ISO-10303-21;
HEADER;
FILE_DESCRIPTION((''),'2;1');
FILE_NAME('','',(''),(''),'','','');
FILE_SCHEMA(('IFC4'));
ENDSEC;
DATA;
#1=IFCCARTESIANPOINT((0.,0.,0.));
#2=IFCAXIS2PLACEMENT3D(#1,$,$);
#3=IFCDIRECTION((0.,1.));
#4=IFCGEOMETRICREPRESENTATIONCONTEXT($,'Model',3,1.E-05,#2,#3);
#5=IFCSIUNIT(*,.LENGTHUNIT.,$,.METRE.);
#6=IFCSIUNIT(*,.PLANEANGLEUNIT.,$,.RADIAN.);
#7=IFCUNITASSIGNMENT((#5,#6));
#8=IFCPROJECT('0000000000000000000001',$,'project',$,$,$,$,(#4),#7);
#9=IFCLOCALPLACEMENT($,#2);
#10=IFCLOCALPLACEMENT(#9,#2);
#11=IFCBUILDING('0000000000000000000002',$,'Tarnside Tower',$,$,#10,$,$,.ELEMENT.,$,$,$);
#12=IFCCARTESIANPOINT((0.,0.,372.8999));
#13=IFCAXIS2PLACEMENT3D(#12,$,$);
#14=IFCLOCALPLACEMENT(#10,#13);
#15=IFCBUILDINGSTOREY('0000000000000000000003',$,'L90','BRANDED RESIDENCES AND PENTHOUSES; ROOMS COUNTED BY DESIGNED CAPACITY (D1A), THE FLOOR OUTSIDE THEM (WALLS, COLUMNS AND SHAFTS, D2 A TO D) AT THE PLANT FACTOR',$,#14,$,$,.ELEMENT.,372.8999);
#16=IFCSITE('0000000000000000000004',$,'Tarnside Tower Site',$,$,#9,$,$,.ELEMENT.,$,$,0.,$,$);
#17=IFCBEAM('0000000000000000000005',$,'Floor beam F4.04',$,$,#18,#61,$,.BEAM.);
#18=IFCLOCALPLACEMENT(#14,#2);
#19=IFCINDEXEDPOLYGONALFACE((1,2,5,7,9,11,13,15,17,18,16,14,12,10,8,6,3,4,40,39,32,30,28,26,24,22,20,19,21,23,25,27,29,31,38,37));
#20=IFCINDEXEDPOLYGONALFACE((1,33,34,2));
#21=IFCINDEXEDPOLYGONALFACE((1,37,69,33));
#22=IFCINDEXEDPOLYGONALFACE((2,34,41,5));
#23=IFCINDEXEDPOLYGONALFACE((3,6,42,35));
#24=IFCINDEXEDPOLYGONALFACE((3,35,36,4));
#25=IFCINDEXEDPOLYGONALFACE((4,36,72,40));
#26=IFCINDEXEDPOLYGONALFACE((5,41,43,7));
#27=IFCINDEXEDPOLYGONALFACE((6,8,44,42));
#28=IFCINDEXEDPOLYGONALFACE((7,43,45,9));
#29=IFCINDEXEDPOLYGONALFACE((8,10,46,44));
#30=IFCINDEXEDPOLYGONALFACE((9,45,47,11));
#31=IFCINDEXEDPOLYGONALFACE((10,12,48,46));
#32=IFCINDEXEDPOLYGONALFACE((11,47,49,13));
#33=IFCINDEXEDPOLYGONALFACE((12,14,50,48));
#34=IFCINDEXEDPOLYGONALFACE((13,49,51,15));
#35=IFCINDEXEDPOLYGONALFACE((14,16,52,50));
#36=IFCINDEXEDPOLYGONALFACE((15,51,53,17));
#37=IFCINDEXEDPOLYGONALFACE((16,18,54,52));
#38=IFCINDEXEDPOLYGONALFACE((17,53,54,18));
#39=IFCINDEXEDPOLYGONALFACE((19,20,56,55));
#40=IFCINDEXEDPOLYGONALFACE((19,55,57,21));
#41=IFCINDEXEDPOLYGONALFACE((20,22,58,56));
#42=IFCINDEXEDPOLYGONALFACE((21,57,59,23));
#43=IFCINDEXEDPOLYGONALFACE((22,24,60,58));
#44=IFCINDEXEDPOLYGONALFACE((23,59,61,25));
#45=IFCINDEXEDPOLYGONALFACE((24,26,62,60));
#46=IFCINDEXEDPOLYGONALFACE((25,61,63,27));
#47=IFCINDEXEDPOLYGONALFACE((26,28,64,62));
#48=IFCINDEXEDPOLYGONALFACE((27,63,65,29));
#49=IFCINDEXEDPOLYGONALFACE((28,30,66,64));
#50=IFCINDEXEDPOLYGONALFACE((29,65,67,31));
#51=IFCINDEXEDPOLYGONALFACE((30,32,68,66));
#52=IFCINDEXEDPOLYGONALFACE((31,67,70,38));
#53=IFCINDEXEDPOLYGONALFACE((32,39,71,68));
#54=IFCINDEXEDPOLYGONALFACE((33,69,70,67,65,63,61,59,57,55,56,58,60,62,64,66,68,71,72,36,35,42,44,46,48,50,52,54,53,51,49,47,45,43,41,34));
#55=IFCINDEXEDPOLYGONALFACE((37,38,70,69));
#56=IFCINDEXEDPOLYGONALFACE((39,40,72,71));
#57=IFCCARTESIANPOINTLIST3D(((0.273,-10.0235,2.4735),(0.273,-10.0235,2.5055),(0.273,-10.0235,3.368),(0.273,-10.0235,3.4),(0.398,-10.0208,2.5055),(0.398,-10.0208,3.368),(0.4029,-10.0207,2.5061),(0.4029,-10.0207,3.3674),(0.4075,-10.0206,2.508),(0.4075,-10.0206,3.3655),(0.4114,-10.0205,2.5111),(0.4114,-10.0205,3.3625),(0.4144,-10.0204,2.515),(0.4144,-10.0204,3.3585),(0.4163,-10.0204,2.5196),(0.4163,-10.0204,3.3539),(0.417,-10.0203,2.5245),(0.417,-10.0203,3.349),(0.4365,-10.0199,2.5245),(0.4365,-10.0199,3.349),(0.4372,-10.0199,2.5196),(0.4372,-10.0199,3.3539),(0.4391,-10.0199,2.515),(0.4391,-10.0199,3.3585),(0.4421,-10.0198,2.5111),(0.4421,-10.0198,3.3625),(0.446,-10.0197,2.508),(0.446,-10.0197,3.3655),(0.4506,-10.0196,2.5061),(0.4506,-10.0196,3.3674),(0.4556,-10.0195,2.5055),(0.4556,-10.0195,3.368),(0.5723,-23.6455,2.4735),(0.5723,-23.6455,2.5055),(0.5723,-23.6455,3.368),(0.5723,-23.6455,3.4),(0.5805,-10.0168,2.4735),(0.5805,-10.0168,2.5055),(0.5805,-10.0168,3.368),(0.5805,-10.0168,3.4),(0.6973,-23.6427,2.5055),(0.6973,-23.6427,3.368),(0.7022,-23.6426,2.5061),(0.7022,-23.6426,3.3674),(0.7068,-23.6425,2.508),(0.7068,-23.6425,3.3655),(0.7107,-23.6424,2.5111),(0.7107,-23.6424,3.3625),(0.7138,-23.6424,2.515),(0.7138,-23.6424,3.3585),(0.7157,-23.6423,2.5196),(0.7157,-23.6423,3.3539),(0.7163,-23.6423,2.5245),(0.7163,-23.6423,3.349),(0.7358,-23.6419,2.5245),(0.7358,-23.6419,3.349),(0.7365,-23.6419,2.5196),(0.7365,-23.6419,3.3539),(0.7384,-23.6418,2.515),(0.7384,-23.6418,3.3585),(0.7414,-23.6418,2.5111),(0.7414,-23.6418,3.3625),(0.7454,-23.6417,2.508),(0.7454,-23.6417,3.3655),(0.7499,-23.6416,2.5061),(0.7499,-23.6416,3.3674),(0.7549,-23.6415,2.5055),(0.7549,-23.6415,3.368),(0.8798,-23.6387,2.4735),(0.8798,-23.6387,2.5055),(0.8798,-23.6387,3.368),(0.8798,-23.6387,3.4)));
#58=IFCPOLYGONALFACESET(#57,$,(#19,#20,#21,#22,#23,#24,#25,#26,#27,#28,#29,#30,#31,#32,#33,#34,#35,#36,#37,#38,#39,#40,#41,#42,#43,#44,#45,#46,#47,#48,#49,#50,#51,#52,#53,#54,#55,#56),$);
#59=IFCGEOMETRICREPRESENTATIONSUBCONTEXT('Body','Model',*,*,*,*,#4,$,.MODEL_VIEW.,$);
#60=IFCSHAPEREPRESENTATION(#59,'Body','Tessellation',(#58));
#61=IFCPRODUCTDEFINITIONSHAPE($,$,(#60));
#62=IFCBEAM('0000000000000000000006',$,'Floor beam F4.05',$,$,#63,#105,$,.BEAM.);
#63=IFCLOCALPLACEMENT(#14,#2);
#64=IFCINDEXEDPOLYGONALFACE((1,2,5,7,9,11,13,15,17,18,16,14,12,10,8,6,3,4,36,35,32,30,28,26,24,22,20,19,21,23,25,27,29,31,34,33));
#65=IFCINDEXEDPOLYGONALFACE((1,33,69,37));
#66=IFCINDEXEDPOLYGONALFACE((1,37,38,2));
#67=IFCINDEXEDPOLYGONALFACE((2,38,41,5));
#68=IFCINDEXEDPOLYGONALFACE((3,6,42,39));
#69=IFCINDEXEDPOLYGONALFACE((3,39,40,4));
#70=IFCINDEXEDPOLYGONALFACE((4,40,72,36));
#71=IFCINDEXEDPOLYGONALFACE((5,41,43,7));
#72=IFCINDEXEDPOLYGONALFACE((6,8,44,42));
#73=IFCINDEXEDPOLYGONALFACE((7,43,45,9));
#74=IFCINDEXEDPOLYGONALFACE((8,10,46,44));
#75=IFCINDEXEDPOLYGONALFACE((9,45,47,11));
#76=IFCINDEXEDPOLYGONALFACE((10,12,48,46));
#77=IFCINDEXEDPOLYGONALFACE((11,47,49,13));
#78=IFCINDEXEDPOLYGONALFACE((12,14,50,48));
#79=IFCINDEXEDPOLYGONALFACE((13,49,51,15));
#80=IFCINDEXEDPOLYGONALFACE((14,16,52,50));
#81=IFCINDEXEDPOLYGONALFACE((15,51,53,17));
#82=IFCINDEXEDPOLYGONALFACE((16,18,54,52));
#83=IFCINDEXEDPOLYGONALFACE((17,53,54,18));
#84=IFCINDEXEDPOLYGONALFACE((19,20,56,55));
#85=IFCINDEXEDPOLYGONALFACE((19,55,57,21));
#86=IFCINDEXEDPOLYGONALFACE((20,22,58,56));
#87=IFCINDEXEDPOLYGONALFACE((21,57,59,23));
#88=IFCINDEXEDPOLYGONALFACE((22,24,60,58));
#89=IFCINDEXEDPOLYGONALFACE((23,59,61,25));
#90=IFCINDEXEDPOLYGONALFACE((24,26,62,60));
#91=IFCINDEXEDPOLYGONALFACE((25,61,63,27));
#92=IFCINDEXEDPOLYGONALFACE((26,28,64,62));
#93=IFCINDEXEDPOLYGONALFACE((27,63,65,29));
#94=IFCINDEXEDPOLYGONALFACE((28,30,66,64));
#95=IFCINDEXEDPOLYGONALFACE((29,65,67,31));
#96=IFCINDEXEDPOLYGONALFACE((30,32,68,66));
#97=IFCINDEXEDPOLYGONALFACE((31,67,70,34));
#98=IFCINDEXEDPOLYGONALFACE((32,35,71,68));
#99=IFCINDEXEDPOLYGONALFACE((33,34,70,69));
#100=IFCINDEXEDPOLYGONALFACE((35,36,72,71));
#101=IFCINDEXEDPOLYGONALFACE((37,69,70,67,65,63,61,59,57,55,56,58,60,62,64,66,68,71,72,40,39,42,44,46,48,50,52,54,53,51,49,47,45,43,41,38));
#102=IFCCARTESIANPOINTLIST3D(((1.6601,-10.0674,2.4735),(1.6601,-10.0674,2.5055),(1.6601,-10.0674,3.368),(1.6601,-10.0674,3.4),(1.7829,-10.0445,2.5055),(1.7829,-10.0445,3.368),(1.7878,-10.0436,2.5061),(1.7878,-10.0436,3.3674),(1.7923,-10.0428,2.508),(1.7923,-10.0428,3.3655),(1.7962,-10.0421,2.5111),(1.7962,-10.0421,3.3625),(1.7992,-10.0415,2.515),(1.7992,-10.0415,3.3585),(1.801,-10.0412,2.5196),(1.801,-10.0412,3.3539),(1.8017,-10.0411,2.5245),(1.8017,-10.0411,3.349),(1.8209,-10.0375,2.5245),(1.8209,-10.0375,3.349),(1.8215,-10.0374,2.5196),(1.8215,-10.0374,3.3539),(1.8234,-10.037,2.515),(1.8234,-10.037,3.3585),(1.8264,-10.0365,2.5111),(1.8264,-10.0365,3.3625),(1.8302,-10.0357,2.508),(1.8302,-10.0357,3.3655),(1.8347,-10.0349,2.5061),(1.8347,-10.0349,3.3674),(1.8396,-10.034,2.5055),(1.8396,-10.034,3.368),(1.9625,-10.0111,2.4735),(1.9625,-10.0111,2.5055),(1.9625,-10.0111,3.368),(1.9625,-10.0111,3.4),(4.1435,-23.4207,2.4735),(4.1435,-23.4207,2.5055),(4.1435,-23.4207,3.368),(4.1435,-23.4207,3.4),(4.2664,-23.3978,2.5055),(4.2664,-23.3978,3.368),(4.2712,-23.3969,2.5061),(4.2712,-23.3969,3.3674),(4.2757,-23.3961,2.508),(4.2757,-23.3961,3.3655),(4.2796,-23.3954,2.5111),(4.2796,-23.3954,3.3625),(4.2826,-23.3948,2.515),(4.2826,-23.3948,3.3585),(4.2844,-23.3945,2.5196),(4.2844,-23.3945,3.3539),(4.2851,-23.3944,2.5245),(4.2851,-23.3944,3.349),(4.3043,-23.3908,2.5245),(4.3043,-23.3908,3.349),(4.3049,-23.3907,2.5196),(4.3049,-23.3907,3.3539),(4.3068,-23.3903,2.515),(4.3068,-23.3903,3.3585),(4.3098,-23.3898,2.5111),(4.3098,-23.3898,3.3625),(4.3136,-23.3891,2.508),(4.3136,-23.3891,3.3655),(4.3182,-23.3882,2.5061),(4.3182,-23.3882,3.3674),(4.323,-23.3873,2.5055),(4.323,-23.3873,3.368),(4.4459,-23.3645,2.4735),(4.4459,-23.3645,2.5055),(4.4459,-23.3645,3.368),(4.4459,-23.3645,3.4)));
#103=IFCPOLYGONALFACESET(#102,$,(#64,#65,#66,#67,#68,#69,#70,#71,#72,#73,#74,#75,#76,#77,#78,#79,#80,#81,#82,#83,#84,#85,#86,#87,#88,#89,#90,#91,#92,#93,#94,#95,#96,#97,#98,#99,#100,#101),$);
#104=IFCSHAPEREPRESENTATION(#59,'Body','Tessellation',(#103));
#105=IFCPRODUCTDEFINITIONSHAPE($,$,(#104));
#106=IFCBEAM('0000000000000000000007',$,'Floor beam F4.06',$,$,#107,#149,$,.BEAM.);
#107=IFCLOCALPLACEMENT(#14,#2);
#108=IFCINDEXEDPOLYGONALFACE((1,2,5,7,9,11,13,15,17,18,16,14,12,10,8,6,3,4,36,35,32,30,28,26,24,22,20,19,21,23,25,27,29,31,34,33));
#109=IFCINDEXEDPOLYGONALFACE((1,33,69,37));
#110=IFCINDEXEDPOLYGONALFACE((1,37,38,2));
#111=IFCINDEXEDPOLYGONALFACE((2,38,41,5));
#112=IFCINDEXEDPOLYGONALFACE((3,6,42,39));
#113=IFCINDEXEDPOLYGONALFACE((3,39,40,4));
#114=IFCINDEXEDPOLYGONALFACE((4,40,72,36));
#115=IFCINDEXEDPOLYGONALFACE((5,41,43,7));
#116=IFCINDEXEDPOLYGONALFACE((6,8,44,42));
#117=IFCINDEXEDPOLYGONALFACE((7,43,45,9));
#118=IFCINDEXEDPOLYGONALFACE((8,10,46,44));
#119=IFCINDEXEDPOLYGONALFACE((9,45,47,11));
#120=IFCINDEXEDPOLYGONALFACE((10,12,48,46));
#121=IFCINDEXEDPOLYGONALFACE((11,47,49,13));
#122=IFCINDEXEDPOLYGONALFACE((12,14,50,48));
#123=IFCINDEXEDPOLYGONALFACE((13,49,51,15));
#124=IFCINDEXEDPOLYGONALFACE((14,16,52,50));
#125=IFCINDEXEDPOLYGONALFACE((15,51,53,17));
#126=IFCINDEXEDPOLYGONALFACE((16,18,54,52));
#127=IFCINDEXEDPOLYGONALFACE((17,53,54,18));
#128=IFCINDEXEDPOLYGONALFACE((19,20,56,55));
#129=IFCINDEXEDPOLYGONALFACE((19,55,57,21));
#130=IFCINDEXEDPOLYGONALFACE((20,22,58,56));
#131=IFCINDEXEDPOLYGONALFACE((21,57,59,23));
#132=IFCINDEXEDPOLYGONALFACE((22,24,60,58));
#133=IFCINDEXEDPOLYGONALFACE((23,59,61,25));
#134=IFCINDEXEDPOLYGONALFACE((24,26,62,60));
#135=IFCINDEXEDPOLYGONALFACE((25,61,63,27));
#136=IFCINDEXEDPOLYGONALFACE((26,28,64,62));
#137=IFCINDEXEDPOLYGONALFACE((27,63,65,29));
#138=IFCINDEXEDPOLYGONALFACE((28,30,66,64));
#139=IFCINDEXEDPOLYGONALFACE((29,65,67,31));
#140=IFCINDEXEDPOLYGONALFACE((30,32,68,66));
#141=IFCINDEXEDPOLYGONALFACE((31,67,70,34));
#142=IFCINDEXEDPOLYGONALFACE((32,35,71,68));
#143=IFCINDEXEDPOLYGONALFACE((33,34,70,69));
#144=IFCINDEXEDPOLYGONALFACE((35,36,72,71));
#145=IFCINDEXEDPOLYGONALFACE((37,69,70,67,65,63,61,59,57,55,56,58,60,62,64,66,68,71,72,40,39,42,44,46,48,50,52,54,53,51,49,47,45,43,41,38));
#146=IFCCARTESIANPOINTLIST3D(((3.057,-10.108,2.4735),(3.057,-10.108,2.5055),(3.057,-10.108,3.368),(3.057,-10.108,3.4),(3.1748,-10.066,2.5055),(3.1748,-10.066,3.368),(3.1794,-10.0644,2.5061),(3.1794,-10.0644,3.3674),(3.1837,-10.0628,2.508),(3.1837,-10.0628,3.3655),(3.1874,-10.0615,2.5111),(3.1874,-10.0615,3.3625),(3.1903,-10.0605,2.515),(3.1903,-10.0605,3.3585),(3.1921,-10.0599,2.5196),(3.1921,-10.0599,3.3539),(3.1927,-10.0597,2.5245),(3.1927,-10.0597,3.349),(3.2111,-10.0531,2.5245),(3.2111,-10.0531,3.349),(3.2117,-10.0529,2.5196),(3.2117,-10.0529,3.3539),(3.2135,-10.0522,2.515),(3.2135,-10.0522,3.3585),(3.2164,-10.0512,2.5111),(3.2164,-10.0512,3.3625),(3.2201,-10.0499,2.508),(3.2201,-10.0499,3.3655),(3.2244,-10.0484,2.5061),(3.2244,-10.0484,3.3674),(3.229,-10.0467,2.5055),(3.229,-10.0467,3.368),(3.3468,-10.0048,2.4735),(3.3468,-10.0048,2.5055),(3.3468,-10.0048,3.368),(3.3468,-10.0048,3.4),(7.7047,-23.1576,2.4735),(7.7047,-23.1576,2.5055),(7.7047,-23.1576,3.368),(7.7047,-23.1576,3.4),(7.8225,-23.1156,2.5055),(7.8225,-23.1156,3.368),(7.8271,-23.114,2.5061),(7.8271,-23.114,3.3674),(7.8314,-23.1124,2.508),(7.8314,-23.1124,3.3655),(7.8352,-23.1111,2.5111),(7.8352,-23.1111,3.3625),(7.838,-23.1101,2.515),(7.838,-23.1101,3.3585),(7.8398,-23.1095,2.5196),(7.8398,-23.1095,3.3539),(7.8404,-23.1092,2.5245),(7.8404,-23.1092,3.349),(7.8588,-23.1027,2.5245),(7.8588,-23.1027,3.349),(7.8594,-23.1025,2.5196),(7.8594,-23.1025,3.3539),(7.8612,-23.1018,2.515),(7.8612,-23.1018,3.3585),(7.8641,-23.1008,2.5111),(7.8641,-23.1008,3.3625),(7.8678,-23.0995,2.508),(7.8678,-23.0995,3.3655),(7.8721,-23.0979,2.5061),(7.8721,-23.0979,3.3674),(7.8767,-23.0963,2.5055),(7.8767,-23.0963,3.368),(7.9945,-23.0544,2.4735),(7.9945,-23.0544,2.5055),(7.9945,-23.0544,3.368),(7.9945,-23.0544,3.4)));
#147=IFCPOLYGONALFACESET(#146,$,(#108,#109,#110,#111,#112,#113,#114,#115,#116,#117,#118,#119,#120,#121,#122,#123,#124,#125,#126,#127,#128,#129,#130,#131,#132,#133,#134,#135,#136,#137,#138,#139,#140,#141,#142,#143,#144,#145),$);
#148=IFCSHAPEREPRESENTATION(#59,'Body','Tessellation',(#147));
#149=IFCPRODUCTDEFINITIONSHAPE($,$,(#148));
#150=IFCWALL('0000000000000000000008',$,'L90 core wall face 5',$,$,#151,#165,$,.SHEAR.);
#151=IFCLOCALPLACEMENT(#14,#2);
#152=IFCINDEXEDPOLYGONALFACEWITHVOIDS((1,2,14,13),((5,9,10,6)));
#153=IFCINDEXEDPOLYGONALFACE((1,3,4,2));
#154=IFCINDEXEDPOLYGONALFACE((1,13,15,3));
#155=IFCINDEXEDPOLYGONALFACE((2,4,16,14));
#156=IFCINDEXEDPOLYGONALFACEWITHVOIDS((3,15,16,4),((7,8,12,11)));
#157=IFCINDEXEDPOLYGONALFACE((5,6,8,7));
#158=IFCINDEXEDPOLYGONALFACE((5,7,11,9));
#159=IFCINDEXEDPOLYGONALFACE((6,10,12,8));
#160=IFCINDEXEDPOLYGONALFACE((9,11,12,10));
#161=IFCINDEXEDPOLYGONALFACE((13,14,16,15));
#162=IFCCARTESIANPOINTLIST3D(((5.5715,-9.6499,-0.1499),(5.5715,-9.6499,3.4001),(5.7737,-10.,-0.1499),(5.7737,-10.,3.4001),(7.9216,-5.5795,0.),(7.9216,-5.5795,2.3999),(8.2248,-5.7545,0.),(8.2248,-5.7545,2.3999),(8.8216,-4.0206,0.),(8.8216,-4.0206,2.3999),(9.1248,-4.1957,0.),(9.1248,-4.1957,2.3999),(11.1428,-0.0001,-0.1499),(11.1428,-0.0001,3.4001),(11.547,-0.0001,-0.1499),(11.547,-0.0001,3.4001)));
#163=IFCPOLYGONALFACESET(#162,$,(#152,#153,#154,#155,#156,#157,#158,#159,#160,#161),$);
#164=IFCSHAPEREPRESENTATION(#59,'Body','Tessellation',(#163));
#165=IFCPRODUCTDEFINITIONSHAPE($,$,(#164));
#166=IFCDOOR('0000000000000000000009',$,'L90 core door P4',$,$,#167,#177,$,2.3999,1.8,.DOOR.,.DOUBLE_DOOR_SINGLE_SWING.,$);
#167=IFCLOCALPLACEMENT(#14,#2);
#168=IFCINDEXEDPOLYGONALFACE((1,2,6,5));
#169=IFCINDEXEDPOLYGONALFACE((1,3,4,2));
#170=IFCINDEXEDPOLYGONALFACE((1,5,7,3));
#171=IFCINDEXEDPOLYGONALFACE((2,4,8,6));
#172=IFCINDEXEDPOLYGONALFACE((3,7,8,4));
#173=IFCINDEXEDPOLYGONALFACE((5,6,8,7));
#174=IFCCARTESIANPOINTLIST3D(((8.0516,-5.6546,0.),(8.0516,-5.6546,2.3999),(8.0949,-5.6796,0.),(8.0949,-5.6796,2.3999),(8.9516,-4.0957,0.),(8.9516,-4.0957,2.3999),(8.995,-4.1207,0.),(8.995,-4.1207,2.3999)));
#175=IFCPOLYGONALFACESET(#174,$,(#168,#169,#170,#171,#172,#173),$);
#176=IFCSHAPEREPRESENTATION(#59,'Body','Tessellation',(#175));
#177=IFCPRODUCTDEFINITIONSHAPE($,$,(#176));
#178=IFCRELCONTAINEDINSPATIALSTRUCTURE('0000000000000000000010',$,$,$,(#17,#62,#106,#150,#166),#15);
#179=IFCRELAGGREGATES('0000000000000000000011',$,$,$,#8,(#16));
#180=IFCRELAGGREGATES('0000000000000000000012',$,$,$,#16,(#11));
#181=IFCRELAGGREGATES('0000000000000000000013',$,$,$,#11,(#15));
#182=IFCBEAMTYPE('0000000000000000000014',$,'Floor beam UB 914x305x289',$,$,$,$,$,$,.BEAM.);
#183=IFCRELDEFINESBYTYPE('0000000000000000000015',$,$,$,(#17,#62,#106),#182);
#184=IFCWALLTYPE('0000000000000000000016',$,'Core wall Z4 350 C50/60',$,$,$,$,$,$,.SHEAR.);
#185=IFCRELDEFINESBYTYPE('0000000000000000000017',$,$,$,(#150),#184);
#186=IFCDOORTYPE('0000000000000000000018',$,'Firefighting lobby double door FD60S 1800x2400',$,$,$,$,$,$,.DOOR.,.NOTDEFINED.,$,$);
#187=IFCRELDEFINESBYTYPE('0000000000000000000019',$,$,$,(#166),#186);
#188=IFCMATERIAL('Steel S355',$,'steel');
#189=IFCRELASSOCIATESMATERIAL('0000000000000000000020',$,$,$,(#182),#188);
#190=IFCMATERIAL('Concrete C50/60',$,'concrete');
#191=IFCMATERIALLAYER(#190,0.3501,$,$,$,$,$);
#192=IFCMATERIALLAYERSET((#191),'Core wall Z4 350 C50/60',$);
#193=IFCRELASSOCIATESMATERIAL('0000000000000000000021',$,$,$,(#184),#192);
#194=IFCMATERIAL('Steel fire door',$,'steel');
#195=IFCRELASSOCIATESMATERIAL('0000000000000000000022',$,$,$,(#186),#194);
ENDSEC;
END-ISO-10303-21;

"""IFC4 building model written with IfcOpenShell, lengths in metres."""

from ifc_helpers import new_model, si_unit, direction, frame, frame_2d, origin, origin_2d, place, context, subcontext, project, spatial, polyline, rectangle, i_section, outline, extrude, material, layer, layer_set, material_profile, profile_set, type_object, element, fill, save


model = new_model("IFC4")

# Units and contexts
model_context = context("Model", 3, precision=1e-05, world=origin(), true_north=direction((0.0, 1.0)))
body_context = subcontext(model_context, "Body", "Model", "MODEL_VIEW")
ifc_project = project(units=[si_unit("LENGTHUNIT", "METRE"), si_unit("PLANEANGLEUNIT", "RADIAN")], contexts=[model_context])

# Site, building, storey
site_placement = place(None, origin())
site = spatial("IfcSite", under=ifc_project, at=site_placement, Name="Tarnside Tower Site", CompositionType="ELEMENT", RefElevation=0.0)
building_placement = place(site_placement, origin())
building = spatial("IfcBuilding", under=site, at=building_placement, Name="Tarnside Tower", CompositionType="ELEMENT")
storey_placement = place(building_placement, frame((0.0, 0.0, 372.8999)))
storey = spatial("IfcBuildingStorey", under=building, at=storey_placement, Name="L90", Description="BRANDED RESIDENCES AND PENTHOUSES; ROOMS COUNTED BY DESIGNED CAPACITY (D1A), THE FLOOR OUTSIDE THEM (WALLS, COLUMNS AND SHAFTS, D2 A TO D) AT THE PLANT FACTOR", CompositionType="ELEMENT", Elevation=372.8999)

# Beams
ifc_material_1 = material(Name="Steel S355", Category="steel")
ifc_material_profile = material_profile(ifc_material_1, i_section(OverallWidth=0.3076, OverallDepth=0.9265, WebThickness=0.0195, FlangeThickness=0.032, FilletRadius=0.019, at=origin_2d()), Name="UB 914x305x289")
ifc_profile_set = profile_set([ifc_material_profile], Name="Steel S355")
beam_type = type_object("IfcBeamType", Name="Floor beam UB 914x305x289", PredefinedType="BEAM", material=ifc_profile_set)
beam_1_placement = place(storey_placement, frame((0.7261, -23.6421, 2.9368), z_axis=(-0.021968, 0.999759, 0.0), x_axis=(-0.999759, -0.021968, 0.0)))
element("IfcBeam", 1, at=beam_1_placement, inside=storey, type_object=beam_type, Name="Floor beam F4.04", PredefinedType="BEAM", context=body_context, shape_type="SweptSolid", body=[
    extrude(i_section(OverallWidth=0.3076, OverallDepth=0.9265, WebThickness=0.0195, FlangeThickness=0.032, FilletRadius=0.019, at=origin_2d()), origin(), (0.0, 0.0, 1.0), 13.6252),
])
beam_2_placement = place(storey_placement, frame((4.2947, -23.3926, 2.9368), z_axis=(-0.182842, 0.983142, 0.0), x_axis=(-0.983142, -0.182842, 0.0)))
element("IfcBeam", 2, at=beam_2_placement, inside=storey, type_object=beam_type, Name="Floor beam F4.05", PredefinedType="BEAM", context=body_context, shape_type="SweptSolid", body=[
    extrude(i_section(OverallWidth=0.3076, OverallDepth=0.9265, WebThickness=0.0195, FlangeThickness=0.032, FilletRadius=0.019, at=origin_2d()), origin(), (0.0, 0.0, 1.0), 13.5823),
])
beam_3_placement = place(storey_placement, frame((7.8496, -23.106, 2.9368), z_axis=(-0.335513, 0.942035, 0.0), x_axis=(-0.942035, -0.335513, 0.0)))
element("IfcBeam", 3, at=beam_3_placement, inside=storey, type_object=beam_type, Name="Floor beam F4.06", PredefinedType="BEAM", context=body_context, shape_type="SweptSolid", body=[
    extrude(i_section(OverallWidth=0.3076, OverallDepth=0.9265, WebThickness=0.0195, FlangeThickness=0.032, FilletRadius=0.019, at=origin_2d()), origin(), (0.0, 0.0, 1.0), 13.8525),
])

# Wall, opening, door
ifc_material_2 = material(Name="Concrete C50/60", Category="concrete")
ifc_layer_1 = layer(ifc_material_2, 0.3501)
ifc_layer_set_1 = layer_set([ifc_layer_1], Name="Core wall Z4 350 C50/60")
wall_type_1 = type_object("IfcWallType", Name="Core wall Z4 350 C50/60", PredefinedType="SHEAR", material=ifc_layer_set_1)
wall_1_placement = place(storey_placement, frame((5.6726, -9.825, -0.1499), z_axis=(0.0, 0.0, 1.0), x_axis=(0.499995, 0.866028, 0.0)))
wall_1 = element("IfcWall", 4, at=wall_1_placement, inside=storey, type_object=wall_type_1, Name="L90 core wall face 5", PredefinedType="SHEAR", context=body_context, shape_type="SweptSolid", body=[
    extrude(outline(polyline([(-0.1011, -0.175), (11.4458, -0.175), (11.2437, 0.175), (0.1011, 0.175), (-0.1011, -0.175)])), origin(), (0.0, 0.0, 1.0), 3.55),
])
opening_1_placement = place(wall_1_placement, frame((4.8013, 0.0, 0.1499)))
opening_1 = element("IfcOpeningElement", 5, at=opening_1_placement, cuts=wall_1, PredefinedType="OPENING", context=body_context, shape_type="SweptSolid", body=[
    extrude(rectangle(XDim=1.8, YDim=2.3999, at=frame_2d((0.8999, 1.2))), frame((0.0, 0.1851, 0.0), z_axis=(0.0, -1.0, 0.0), x_axis=(1.0, 0.0, 0.0)), (0.0, 0.0, 1.0), 0.3701),
])
ifc_material_3 = material(Name="Steel fire door", Category="steel")
door_type_1 = type_object("IfcDoorType", Name="Firefighting lobby double door FD60S 1800x2400", OperationType="NOTDEFINED", PredefinedType="DOOR", material=ifc_material_3)
door_1_placement = place(opening_1_placement, origin())
door_1 = element("IfcDoor", 6, at=door_1_placement, inside=storey, type_object=door_type_1, Name="L90 core door P4", OperationType="DOUBLE_DOOR_SINGLE_SWING", OverallHeight=2.3999, OverallWidth=1.8, PredefinedType="DOOR", context=body_context, shape_type="SweptSolid", body=[
    extrude(rectangle(XDim=1.8, YDim=2.3999, at=frame_2d((0.8999, 1.2))), frame((0.0, 0.0249, 0.0), z_axis=(0.0, -1.0, 0.0), x_axis=(1.0, 0.0, 0.0)), (0.0, 0.0, 1.0), 0.05),
])
fill(opening_1, door_1)

save(model, "model.ifc")
